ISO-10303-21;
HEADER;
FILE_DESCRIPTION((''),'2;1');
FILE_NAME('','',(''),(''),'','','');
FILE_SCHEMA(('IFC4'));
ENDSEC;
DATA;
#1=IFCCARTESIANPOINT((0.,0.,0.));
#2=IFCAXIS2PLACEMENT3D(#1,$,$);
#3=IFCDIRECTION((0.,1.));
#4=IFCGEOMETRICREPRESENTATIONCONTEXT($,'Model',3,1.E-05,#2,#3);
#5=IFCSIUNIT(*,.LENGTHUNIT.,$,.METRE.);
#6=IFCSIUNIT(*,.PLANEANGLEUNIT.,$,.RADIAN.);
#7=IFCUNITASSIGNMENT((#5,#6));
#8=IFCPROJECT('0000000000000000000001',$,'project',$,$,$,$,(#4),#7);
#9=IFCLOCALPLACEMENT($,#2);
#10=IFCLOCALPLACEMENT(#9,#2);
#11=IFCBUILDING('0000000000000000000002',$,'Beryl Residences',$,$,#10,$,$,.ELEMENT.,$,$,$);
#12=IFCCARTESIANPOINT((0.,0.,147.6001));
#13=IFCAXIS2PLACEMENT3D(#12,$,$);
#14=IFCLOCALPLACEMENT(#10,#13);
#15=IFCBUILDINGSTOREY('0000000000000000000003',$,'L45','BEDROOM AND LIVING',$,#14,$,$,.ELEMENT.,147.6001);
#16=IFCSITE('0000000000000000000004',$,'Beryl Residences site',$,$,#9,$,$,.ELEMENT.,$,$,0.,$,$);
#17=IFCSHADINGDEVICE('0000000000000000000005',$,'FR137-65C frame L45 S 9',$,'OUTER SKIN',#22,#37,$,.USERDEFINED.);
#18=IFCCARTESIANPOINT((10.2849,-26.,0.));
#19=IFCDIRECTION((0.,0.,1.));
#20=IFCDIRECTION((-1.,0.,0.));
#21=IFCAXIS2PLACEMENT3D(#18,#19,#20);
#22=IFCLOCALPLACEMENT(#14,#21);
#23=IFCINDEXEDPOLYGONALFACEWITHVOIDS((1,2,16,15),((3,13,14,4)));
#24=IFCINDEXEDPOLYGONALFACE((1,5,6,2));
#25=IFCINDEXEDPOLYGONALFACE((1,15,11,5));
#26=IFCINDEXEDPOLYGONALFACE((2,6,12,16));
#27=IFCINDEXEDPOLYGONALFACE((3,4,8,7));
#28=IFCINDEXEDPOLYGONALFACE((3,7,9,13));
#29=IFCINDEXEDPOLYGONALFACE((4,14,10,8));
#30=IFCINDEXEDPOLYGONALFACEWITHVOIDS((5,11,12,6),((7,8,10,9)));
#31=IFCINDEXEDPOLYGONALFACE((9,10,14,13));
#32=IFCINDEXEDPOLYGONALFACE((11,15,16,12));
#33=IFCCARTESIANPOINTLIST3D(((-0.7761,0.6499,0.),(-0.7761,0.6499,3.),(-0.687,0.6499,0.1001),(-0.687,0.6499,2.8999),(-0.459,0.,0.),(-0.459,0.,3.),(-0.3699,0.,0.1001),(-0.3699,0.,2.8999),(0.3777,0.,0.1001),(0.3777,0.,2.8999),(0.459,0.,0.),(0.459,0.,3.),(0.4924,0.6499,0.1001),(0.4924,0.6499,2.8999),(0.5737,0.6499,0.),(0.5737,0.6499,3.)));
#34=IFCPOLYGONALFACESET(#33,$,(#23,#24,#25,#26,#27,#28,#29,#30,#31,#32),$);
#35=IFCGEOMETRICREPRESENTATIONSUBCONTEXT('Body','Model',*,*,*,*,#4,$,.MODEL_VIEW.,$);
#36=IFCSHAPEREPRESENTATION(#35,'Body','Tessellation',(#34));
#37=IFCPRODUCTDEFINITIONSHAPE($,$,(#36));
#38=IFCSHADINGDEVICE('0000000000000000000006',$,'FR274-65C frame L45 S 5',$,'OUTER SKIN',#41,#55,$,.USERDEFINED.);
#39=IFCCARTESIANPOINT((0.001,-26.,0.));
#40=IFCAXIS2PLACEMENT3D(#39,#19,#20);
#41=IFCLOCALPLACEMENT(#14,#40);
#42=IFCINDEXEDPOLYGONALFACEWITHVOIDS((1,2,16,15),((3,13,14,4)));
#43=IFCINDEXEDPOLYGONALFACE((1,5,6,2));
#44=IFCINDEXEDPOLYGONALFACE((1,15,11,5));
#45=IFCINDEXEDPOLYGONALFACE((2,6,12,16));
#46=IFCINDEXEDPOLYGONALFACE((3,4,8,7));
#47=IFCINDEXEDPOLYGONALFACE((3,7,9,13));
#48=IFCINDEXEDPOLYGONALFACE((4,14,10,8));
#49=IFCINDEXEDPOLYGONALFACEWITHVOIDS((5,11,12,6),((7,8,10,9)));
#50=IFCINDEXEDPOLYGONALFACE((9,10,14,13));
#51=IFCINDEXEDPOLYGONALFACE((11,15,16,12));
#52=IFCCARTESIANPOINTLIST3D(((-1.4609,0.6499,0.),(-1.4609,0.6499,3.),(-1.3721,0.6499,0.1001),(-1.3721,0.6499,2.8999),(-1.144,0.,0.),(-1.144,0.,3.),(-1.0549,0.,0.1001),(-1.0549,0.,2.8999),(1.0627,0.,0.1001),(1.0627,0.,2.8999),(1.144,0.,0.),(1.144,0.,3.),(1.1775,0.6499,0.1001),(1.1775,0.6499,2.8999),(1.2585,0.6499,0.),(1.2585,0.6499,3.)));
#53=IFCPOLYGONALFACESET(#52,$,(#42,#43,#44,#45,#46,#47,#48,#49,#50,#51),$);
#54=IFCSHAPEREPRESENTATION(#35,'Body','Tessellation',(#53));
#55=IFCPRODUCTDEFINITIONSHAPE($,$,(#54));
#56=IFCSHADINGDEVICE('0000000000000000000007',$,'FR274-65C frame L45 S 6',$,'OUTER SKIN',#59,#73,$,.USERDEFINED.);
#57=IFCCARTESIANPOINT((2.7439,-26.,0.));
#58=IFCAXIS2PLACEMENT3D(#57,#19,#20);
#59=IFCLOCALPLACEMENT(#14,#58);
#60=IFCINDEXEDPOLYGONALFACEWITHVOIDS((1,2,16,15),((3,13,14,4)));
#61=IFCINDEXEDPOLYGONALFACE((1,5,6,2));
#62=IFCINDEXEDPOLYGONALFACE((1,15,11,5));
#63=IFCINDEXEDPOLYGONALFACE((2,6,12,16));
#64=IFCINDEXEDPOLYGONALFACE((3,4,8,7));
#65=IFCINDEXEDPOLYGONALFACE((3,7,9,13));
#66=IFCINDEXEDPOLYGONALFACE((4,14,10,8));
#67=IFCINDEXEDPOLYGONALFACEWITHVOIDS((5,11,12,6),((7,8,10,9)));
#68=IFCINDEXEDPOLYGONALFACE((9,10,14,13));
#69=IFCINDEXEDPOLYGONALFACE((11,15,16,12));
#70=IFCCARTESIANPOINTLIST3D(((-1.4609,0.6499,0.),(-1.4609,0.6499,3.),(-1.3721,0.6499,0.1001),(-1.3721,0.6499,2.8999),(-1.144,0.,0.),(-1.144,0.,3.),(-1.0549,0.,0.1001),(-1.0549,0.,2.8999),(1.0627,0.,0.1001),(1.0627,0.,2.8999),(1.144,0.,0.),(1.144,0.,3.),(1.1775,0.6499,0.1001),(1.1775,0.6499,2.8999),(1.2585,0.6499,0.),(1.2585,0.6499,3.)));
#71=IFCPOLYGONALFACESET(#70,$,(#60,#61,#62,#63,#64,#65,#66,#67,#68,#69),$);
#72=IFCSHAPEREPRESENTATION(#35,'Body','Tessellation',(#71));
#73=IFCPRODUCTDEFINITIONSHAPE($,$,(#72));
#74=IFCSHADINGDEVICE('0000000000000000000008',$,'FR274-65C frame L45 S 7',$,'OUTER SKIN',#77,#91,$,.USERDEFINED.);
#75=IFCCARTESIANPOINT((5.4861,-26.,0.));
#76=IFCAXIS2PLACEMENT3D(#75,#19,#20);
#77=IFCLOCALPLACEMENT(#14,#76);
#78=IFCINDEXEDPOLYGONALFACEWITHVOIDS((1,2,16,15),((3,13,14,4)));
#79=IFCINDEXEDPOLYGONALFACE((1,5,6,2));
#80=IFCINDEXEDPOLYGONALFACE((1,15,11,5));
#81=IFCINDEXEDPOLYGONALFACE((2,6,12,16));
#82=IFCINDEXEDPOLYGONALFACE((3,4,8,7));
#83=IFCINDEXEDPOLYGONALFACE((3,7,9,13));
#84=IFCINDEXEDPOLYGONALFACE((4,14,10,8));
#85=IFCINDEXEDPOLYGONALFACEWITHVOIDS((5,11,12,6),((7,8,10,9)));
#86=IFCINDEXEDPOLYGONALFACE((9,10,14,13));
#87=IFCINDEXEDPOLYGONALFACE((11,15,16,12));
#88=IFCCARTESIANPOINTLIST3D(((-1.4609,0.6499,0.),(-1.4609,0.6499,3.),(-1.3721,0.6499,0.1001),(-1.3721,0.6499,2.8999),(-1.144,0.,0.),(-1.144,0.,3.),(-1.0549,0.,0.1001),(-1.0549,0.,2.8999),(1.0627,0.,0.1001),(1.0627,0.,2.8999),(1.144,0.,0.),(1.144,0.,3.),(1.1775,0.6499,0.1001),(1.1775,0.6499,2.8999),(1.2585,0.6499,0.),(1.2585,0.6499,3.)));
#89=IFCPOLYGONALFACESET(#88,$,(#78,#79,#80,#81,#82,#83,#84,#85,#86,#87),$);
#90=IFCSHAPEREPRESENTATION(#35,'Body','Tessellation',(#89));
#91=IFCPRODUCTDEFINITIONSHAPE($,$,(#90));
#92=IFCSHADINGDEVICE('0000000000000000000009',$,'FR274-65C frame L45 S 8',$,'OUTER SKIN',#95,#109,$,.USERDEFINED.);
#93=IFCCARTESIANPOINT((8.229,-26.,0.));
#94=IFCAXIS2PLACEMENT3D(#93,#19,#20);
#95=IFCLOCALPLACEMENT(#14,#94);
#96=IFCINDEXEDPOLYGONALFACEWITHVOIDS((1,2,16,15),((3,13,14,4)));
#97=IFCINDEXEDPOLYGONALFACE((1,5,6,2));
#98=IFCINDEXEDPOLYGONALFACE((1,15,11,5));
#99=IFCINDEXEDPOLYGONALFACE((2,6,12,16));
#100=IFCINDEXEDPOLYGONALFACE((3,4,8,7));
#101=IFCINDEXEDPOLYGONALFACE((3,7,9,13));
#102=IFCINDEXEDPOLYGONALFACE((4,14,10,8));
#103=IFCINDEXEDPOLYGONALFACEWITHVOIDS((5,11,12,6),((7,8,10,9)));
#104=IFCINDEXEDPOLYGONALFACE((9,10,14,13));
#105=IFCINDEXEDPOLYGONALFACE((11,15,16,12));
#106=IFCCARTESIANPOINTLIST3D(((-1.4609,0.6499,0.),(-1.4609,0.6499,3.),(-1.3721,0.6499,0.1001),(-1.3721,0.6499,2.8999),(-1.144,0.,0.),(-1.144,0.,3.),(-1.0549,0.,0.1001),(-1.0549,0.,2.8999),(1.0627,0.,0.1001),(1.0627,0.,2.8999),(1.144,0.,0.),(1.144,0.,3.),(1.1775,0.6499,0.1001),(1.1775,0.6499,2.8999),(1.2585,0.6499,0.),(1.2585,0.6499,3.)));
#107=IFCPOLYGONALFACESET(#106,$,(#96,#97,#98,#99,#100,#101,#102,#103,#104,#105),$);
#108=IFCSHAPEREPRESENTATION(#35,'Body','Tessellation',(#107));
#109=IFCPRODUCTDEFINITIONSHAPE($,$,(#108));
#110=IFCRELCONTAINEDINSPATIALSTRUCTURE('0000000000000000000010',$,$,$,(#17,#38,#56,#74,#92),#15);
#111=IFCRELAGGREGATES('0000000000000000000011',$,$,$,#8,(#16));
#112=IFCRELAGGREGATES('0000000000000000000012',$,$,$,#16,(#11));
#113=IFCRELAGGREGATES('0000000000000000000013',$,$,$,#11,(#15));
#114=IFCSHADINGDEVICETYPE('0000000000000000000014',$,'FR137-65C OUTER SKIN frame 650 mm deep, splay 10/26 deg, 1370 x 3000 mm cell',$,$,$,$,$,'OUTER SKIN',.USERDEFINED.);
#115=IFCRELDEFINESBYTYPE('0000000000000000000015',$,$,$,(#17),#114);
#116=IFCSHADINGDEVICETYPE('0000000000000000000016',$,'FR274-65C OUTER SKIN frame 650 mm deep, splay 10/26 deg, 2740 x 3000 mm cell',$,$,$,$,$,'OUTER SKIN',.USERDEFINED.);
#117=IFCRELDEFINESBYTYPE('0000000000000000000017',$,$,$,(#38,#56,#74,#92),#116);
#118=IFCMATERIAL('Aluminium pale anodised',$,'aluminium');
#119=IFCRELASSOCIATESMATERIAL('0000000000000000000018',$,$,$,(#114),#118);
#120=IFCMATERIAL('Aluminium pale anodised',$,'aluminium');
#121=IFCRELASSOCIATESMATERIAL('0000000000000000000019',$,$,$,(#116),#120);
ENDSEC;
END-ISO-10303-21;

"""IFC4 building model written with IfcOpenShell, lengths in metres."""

from ifc_helpers import new_model, entity, si_unit, direction, frame, origin, place, context, subcontext, project, spatial, source, transform, mapped, material, type_object, type_shapes, element, save


model = new_model("IFC4")

# Units and contexts
model_context = context("Model", 3, precision=1e-05, world=origin(), true_north=direction((0.0, 1.0)))
body_context = subcontext(model_context, "Body", "Model", "MODEL_VIEW")
ifc_project = project(units=[si_unit("LENGTHUNIT", "METRE"), si_unit("PLANEANGLEUNIT", "RADIAN")], contexts=[model_context])

# Site, building, storey
site_placement = place(None, origin())
site = spatial("IfcSite", under=ifc_project, at=site_placement, Name="Beryl Residences site", CompositionType="ELEMENT", RefElevation=0.0)
building_placement = place(site_placement, origin())
building = spatial("IfcBuilding", under=site, at=building_placement, Name="Beryl Residences", CompositionType="ELEMENT")
storey_placement = place(building_placement, frame((0.0, 0.0, 147.6001)))
storey = spatial("IfcBuildingStorey", under=building, at=storey_placement, Name="L45", Description="BEDROOM AND LIVING", CompositionType="ELEMENT", Elevation=147.6001)

# Shading devices
ifc_material_1 = material(Name="Aluminium pale anodised", Category="aluminium")
shading_device_type_1 = type_object("IfcShadingDeviceType", Name="FR137-65C OUTER SKIN frame 650 mm deep, splay 10/26 deg, 1370 x 3000 mm cell", ElementType="OUTER SKIN", PredefinedType="USERDEFINED", material=ifc_material_1)
cartesian_point_1 = entity("IfcCartesianPoint", [-0.459, 0.0])
cartesian_point_2 = entity("IfcCartesianPoint", [-0.3777, 0.1001])
cartesian_point_3 = entity("IfcCartesianPoint", [-0.5737, 0.0])
cartesian_point_4 = entity("IfcCartesianPoint", [-0.4924, 0.1001])
shared_shape_1 = source(origin(), body_context, "Body", "SweptSolid", [
    entity("IfcExtrudedAreaSolidTapered", entity("IfcArbitraryProfileDefWithVoids", "AREA", None, entity("IfcPolyline", [cartesian_point_1, entity("IfcCartesianPoint", [0.459, 0.0]), entity("IfcCartesianPoint", [0.459, 3.0]), entity("IfcCartesianPoint", [-0.459, 3.0]), cartesian_point_1]), [entity("IfcPolyline", [cartesian_point_2, entity("IfcCartesianPoint", [0.3699, 0.1001]), entity("IfcCartesianPoint", [0.3699, 2.8999]), entity("IfcCartesianPoint", [-0.3777, 2.8999]), cartesian_point_2])]), entity("IfcAxis2Placement3D", entity("IfcCartesianPoint", [0.0, 0.0, 0.0]), entity("IfcDirection", [0.0, 1.0, 0.0]), entity("IfcDirection", [-1.0, 0.0, 0.0])), entity("IfcDirection", [0.0, 0.0, 1.0]), 0.6499, entity("IfcArbitraryProfileDefWithVoids", "AREA", None, entity("IfcPolyline", [cartesian_point_3, entity("IfcCartesianPoint", [0.7761, 0.0]), entity("IfcCartesianPoint", [0.7761, 3.0]), entity("IfcCartesianPoint", [-0.5737, 3.0]), cartesian_point_3]), [entity("IfcPolyline", [cartesian_point_4, entity("IfcCartesianPoint", [0.687, 0.1001]), entity("IfcCartesianPoint", [0.687, 2.8999]), entity("IfcCartesianPoint", [-0.4924, 2.8999]), cartesian_point_4])])),
])
type_shapes(shading_device_type_1, [shared_shape_1])
shading_device_placement = place(storey_placement, frame((10.2849, -26.0, 0.0), z_axis=(0.0, 0.0, 1.0), x_axis=(-1.0, 0.0, 0.0)))
element("IfcShadingDevice", 1, at=shading_device_placement, inside=storey, type_object=shading_device_type_1, Name="FR137-65C frame L45 S 9", ObjectType="OUTER SKIN", PredefinedType="USERDEFINED", context=body_context, shape_type="MappedRepresentation", body=[
    mapped(shared_shape_1, transform((0.0, 0.0, 0.0))),
])
ifc_material_2 = material(Name="Aluminium pale anodised", Category="aluminium")
shading_device_type_2 = type_object("IfcShadingDeviceType", Name="FR274-65C OUTER SKIN frame 650 mm deep, splay 10/26 deg, 2740 x 3000 mm cell", ElementType="OUTER SKIN", PredefinedType="USERDEFINED", material=ifc_material_2)
cartesian_point_5 = entity("IfcCartesianPoint", [-1.144, 0.0])
cartesian_point_6 = entity("IfcCartesianPoint", [-1.0627, 0.1001])
cartesian_point_7 = entity("IfcCartesianPoint", [-1.2585, 0.0])
cartesian_point_8 = entity("IfcCartesianPoint", [-1.1775, 0.1001])
shared_shape_2 = source(origin(), body_context, "Body", "SweptSolid", [
    entity("IfcExtrudedAreaSolidTapered", entity("IfcArbitraryProfileDefWithVoids", "AREA", None, entity("IfcPolyline", [cartesian_point_5, entity("IfcCartesianPoint", [1.144, 0.0]), entity("IfcCartesianPoint", [1.144, 3.0]), entity("IfcCartesianPoint", [-1.144, 3.0]), cartesian_point_5]), [entity("IfcPolyline", [cartesian_point_6, entity("IfcCartesianPoint", [1.0549, 0.1001]), entity("IfcCartesianPoint", [1.0549, 2.8999]), entity("IfcCartesianPoint", [-1.0627, 2.8999]), cartesian_point_6])]), entity("IfcAxis2Placement3D", entity("IfcCartesianPoint", [0.0, 0.0, 0.0]), entity("IfcDirection", [0.0, 1.0, 0.0]), entity("IfcDirection", [-1.0, 0.0, 0.0])), entity("IfcDirection", [0.0, 0.0, 1.0]), 0.6499, entity("IfcArbitraryProfileDefWithVoids", "AREA", None, entity("IfcPolyline", [cartesian_point_7, entity("IfcCartesianPoint", [1.4609, 0.0]), entity("IfcCartesianPoint", [1.4609, 3.0]), entity("IfcCartesianPoint", [-1.2585, 3.0]), cartesian_point_7]), [entity("IfcPolyline", [cartesian_point_8, entity("IfcCartesianPoint", [1.3721, 0.1001]), entity("IfcCartesianPoint", [1.3721, 2.8999]), entity("IfcCartesianPoint", [-1.1775, 2.8999]), cartesian_point_8])])),
])
type_shapes(shading_device_type_2, [shared_shape_2])
for number, where, z_axis, x_axis, name in (
    (2, (0.001, -26.0, 0.0), (0.0, 0.0, 1.0), (-1.0, 0.0, 0.0), "FR274-65C frame L45 S 5"),
    (3, (2.7439, -26.0, 0.0), (0.0, 0.0, 1.0), (-1.0, 0.0, 0.0), "FR274-65C frame L45 S 6"),
    (4, (5.4861, -26.0, 0.0), (0.0, 0.0, 1.0), (-1.0, 0.0, 0.0), "FR274-65C frame L45 S 7"),
    (5, (8.229, -26.0, 0.0), (0.0, 0.0, 1.0), (-1.0, 0.0, 0.0), "FR274-65C frame L45 S 8"),
):
    element("IfcShadingDevice", number, at=place(storey_placement, frame(where, z_axis=z_axis, x_axis=x_axis)), inside=storey, type_object=shading_device_type_2, Name=name, ObjectType="OUTER SKIN", PredefinedType="USERDEFINED", context=body_context, shape_type="MappedRepresentation", body=[
        mapped(shared_shape_2, transform((0.0, 0.0, 0.0))),
    ])

save(model, "model.ifc")
